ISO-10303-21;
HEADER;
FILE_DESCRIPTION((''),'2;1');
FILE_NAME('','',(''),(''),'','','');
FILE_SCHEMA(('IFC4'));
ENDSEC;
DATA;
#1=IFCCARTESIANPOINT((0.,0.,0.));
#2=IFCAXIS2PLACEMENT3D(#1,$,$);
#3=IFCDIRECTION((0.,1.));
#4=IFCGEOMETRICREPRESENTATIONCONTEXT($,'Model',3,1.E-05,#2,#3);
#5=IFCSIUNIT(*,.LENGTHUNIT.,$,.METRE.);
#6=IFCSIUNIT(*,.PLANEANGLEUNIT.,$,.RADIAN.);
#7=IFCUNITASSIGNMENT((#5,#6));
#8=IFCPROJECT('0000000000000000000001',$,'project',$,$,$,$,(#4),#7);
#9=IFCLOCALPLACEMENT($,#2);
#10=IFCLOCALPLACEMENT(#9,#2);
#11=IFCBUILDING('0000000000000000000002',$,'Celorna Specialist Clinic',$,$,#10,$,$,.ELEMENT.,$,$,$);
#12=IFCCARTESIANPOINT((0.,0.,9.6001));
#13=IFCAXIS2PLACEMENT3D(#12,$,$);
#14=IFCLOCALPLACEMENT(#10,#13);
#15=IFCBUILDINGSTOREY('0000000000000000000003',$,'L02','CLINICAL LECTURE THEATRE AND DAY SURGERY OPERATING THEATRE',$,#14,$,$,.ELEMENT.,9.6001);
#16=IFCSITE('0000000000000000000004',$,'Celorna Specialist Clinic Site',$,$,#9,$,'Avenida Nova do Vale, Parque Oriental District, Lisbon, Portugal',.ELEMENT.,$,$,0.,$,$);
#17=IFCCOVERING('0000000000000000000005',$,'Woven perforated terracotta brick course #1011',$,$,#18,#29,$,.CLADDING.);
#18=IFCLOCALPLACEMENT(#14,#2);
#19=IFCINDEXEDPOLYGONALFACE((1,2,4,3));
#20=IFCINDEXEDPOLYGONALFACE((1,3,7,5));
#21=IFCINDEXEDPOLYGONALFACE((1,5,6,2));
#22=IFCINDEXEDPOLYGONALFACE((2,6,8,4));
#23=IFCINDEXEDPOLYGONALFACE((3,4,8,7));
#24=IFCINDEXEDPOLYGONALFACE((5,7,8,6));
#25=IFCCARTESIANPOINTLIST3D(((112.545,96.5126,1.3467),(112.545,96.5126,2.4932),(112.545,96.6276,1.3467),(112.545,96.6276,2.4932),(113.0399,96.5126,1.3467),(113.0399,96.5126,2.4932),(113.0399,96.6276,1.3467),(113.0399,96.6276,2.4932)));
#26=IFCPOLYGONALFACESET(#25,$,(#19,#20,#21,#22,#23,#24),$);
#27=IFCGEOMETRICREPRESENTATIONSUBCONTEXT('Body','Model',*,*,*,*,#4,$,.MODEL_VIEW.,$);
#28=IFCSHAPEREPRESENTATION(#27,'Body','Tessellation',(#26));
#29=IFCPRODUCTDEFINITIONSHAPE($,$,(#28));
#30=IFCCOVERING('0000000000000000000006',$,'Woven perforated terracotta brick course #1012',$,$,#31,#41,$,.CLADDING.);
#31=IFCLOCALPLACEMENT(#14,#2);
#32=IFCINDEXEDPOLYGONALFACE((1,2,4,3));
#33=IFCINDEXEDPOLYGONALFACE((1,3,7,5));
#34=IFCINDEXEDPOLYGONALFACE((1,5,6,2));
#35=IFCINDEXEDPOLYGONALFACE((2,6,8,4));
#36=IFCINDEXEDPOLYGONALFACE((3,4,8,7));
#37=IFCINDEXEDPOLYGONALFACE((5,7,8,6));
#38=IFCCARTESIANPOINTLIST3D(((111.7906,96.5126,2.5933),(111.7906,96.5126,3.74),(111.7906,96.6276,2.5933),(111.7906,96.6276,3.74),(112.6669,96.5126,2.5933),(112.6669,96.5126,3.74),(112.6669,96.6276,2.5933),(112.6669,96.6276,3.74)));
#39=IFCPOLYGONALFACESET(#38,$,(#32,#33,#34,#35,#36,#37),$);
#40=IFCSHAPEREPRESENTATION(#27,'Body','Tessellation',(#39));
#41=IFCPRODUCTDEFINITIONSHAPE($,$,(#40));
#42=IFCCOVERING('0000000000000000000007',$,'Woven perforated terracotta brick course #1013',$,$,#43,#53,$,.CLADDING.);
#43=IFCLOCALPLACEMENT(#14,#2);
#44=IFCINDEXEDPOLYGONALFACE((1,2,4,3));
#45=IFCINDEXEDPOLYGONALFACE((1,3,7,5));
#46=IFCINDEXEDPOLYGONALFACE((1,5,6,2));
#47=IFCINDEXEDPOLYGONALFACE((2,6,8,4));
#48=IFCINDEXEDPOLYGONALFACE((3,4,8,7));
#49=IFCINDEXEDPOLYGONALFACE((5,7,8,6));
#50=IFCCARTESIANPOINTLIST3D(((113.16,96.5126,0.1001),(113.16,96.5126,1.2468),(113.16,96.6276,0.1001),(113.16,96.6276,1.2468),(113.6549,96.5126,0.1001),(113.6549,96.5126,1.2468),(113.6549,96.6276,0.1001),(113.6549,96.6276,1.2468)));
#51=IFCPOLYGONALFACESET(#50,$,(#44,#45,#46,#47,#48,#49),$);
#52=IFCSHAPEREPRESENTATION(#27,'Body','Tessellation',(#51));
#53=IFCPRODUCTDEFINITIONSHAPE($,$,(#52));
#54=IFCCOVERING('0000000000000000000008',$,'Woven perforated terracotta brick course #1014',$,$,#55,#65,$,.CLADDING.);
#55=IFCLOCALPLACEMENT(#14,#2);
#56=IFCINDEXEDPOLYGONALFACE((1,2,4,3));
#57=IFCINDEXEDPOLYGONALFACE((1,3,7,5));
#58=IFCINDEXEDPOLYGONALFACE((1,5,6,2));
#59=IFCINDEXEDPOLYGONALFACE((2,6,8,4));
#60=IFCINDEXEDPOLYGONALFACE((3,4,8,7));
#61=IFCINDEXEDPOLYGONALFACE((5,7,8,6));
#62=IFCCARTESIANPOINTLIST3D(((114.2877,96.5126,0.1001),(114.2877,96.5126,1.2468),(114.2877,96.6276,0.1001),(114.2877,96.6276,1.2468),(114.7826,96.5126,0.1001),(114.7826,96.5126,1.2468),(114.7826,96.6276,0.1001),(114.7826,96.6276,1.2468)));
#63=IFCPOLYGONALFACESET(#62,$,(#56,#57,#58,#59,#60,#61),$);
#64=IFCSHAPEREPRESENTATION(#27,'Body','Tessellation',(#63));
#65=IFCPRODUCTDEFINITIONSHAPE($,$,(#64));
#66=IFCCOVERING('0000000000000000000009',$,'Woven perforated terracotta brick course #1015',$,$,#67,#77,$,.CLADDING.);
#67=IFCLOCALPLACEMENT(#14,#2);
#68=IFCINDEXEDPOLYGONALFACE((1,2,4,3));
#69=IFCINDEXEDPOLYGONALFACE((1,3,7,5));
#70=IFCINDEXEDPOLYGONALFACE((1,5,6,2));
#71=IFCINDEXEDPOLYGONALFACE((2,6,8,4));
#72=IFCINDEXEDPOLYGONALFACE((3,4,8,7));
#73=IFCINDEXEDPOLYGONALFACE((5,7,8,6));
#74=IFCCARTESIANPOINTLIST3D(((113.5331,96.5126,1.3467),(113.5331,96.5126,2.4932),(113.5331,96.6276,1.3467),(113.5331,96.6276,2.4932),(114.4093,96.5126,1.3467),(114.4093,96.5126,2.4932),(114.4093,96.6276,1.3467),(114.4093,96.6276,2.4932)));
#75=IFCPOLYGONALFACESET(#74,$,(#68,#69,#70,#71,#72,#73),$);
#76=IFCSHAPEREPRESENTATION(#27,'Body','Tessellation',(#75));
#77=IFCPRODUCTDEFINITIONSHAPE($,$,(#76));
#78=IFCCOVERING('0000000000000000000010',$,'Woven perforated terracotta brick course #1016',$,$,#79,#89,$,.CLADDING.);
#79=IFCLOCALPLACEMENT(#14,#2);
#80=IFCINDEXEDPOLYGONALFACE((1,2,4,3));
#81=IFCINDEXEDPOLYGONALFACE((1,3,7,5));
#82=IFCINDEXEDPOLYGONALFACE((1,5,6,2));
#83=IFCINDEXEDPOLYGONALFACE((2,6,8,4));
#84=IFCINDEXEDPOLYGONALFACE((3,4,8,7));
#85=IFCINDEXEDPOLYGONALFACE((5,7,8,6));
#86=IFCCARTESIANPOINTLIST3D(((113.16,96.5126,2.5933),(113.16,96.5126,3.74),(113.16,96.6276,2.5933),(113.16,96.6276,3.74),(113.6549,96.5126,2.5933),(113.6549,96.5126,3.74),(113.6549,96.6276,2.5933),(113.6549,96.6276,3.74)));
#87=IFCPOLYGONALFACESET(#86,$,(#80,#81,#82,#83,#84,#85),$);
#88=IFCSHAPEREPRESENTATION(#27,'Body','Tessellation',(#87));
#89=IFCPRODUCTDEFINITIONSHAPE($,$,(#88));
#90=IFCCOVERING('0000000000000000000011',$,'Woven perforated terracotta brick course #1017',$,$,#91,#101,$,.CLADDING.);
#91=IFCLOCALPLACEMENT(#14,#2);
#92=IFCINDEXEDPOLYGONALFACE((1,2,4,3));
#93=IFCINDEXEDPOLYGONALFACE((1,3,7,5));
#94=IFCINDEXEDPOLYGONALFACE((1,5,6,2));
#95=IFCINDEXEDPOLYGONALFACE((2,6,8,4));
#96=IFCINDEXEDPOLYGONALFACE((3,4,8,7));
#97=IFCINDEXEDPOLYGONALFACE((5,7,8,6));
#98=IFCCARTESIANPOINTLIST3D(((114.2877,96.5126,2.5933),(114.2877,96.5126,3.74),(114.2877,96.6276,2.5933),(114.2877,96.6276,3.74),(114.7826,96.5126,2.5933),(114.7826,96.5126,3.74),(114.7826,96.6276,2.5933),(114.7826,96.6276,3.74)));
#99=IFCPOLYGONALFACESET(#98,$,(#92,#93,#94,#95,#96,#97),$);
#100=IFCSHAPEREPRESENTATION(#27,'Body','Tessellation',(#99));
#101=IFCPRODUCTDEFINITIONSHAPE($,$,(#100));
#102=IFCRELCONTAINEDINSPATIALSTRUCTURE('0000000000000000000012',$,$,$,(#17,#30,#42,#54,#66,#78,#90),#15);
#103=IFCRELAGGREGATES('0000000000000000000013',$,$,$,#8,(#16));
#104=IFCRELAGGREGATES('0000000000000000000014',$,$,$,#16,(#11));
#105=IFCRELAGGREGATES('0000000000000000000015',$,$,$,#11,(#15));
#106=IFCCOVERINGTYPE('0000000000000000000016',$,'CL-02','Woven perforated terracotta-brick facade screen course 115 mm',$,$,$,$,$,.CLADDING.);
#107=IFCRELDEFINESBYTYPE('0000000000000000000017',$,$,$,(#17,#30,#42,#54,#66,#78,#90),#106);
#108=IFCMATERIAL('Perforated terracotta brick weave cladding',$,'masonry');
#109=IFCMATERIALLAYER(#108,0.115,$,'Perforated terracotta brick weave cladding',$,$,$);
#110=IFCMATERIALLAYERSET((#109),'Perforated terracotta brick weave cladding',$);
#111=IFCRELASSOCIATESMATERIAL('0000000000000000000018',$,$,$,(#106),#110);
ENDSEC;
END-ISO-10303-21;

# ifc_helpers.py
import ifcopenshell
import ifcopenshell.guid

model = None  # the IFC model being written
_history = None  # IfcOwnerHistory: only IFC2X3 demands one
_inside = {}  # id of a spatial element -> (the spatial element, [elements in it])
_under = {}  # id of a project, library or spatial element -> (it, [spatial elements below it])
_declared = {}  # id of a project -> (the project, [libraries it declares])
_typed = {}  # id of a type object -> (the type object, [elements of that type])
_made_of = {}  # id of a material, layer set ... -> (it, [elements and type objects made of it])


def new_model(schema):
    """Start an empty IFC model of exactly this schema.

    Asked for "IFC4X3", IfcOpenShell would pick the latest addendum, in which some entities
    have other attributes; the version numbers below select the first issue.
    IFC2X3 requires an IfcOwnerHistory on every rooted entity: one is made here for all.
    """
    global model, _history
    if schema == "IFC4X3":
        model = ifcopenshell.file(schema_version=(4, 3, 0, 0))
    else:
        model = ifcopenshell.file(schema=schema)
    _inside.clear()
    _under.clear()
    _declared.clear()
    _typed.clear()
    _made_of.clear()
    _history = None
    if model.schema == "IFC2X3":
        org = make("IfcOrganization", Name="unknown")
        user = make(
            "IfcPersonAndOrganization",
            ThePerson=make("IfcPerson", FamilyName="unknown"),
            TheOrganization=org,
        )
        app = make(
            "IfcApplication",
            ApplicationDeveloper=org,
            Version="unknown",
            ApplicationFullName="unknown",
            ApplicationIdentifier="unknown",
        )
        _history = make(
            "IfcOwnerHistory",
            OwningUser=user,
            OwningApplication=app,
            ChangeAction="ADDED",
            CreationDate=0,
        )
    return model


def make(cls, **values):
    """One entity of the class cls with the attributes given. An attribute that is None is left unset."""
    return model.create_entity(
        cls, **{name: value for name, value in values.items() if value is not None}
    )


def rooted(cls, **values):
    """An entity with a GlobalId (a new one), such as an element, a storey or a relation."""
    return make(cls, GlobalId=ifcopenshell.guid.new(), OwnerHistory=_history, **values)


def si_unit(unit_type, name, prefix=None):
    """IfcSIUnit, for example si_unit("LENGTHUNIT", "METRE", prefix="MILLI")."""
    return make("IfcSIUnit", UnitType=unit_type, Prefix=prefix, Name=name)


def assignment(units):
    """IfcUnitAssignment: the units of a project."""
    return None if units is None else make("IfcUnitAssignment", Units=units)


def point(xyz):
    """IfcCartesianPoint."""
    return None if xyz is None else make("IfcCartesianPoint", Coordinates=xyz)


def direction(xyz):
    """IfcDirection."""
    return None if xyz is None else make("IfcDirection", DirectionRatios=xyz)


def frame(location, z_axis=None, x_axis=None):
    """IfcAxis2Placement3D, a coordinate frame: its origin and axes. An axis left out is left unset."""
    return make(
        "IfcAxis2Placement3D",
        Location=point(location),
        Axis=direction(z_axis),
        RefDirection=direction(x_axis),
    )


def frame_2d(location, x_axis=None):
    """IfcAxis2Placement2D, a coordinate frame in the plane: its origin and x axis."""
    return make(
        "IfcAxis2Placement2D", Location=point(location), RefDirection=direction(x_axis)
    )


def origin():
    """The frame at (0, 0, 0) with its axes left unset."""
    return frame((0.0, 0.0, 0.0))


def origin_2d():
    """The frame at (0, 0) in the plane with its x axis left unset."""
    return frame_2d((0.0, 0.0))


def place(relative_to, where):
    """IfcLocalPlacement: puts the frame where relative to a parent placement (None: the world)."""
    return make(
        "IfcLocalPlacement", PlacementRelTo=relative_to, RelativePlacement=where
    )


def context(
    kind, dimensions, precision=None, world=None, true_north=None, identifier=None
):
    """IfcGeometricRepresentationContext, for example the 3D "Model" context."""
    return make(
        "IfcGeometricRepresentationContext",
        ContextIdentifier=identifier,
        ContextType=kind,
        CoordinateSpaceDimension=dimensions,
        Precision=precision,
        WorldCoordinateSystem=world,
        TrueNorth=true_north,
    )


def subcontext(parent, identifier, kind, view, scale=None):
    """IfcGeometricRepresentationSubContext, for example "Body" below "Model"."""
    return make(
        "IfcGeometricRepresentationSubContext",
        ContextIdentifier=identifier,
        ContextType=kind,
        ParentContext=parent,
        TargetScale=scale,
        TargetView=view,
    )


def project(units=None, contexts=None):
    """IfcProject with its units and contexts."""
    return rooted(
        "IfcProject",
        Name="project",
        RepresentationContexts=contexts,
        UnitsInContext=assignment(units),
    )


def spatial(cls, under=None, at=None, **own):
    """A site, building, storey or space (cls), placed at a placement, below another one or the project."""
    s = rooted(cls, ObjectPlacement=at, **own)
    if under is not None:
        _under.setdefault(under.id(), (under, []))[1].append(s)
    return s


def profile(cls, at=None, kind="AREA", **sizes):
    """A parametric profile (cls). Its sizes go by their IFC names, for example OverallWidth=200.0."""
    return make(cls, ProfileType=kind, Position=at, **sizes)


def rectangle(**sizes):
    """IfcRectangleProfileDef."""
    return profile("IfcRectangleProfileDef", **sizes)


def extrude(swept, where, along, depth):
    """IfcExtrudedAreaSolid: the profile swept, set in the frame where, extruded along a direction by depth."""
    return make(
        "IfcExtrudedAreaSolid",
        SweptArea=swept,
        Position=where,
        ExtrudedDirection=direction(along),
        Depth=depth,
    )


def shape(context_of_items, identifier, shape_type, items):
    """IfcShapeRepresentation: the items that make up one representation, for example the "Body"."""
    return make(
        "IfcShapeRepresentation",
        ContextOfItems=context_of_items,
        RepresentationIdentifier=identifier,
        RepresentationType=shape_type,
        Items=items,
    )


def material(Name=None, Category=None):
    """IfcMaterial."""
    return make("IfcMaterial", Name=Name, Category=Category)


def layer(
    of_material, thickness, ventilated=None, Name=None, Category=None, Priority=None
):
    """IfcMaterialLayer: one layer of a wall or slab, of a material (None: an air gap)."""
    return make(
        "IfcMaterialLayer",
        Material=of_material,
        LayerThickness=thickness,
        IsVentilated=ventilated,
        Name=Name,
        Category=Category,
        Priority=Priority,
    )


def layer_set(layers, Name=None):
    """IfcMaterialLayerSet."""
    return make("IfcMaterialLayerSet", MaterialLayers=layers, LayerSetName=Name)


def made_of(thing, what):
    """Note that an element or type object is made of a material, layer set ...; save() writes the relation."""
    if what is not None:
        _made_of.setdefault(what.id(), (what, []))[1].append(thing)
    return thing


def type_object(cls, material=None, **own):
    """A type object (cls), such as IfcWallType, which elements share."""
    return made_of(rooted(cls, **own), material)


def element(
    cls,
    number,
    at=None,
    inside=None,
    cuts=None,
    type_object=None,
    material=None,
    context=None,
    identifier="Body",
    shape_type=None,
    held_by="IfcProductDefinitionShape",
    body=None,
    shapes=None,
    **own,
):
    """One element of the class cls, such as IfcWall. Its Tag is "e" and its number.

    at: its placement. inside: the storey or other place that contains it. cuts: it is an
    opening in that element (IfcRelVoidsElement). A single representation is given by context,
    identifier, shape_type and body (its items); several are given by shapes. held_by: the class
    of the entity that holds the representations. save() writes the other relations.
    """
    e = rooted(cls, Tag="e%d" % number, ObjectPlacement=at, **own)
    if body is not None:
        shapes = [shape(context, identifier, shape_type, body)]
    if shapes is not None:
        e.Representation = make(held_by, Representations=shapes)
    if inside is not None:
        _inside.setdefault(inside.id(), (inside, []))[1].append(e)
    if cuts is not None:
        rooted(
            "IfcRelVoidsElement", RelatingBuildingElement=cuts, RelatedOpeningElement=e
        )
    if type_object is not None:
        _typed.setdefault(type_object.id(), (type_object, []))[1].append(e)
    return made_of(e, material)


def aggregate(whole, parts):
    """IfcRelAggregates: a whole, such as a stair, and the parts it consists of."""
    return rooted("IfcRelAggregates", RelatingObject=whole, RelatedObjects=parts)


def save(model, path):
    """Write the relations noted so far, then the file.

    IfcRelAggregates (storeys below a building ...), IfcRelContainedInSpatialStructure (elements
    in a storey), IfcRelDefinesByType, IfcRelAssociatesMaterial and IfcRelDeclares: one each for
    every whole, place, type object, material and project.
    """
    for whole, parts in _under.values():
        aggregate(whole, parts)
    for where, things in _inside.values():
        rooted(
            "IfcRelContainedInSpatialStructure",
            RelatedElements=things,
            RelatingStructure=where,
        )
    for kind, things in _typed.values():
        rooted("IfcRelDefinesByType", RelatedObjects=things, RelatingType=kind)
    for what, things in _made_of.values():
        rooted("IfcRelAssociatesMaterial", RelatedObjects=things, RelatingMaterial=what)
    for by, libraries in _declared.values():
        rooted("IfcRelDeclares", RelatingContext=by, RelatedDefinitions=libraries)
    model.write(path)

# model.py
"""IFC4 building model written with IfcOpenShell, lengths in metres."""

from ifc_helpers import new_model, si_unit, direction, frame, origin, origin_2d, place, context, subcontext, project, spatial, rectangle, extrude, material, layer, layer_set, type_object, element, save


model = new_model("IFC4")

# Units and contexts
model_context = context("Model", 3, precision=1e-05, world=origin(), true_north=direction((0.0, 1.0)))
body_context = subcontext(model_context, "Body", "Model", "MODEL_VIEW")
ifc_project = project(units=[si_unit("LENGTHUNIT", "METRE"), si_unit("PLANEANGLEUNIT", "RADIAN")], contexts=[model_context])

# Site, building, storey
site_placement = place(None, origin())
site = spatial("IfcSite", under=ifc_project, at=site_placement, Name="Celorna Specialist Clinic Site", LongName="Avenida Nova do Vale, Parque Oriental District, Lisbon, Portugal", CompositionType="ELEMENT", RefElevation=0.0)
building_placement = place(site_placement, origin())
building = spatial("IfcBuilding", under=site, at=building_placement, Name="Celorna Specialist Clinic", CompositionType="ELEMENT")
storey_placement = place(building_placement, frame((0.0, 0.0, 9.6001)))
storey = spatial("IfcBuildingStorey", under=building, at=storey_placement, Name="L02", Description="CLINICAL LECTURE THEATRE AND DAY SURGERY OPERATING THEATRE", CompositionType="ELEMENT", Elevation=9.6001)

# Coverings
ifc_material_1 = material(Name="Perforated terracotta brick weave cladding", Category="masonry")
ifc_layer_1 = layer(ifc_material_1, 0.115, Name="Perforated terracotta brick weave cladding")
ifc_layer_set_1 = layer_set([ifc_layer_1], Name="Perforated terracotta brick weave cladding")
covering_type = type_object("IfcCoveringType", Name="CL-02", Description="Woven perforated terracotta-brick facade screen course 115 mm", PredefinedType="CLADDING", material=ifc_layer_set_1)
for number, where, z_axis, x_axis, name in (
    (1, (112.7925, 96.5701, 1.3467), (0.0, 0.0, 1.0), (1.0, 0.0, 0.0), "Woven perforated terracotta brick course #1011"),
):
    element("IfcCovering", number, at=place(storey_placement, frame(where, z_axis=z_axis, x_axis=x_axis)), inside=storey, type_object=covering_type, Name=name, PredefinedType="CLADDING", context=body_context, shape_type="SweptSolid", body=[
        extrude(rectangle(XDim=0.4949, YDim=0.115, at=origin_2d()), origin(), (0.0, 0.0, 1.0), 1.1465),
    ])
covering_1_placement = place(storey_placement, frame((112.2288, 96.5701, 2.5933), z_axis=(0.0, 0.0, 1.0), x_axis=(1.0, 0.0, 0.0)))
element("IfcCovering", 2, at=covering_1_placement, inside=storey, type_object=covering_type, Name="Woven perforated terracotta brick course #1012", PredefinedType="CLADDING", context=body_context, shape_type="SweptSolid", body=[
    extrude(rectangle(XDim=0.8762, YDim=0.115, at=origin_2d()), origin(), (0.0, 0.0, 1.0), 1.1467),
])
for number, where, z_axis, x_axis, name in (
    (3, (113.4075, 96.5701, 0.1001), (0.0, 0.0, 1.0), (1.0, 0.0, 0.0), "Woven perforated terracotta brick course #1013"),
    (4, (114.5352, 96.5701, 0.1001), (0.0, 0.0, 1.0), (1.0, 0.0, 0.0), "Woven perforated terracotta brick course #1014"),
):
    element("IfcCovering", number, at=place(storey_placement, frame(where, z_axis=z_axis, x_axis=x_axis)), inside=storey, type_object=covering_type, Name=name, PredefinedType="CLADDING", context=body_context, shape_type="SweptSolid", body=[
        extrude(rectangle(XDim=0.4949, YDim=0.115, at=origin_2d()), origin(), (0.0, 0.0, 1.0), 1.1467),
    ])
covering_2_placement = place(storey_placement, frame((113.9712, 96.5701, 1.3467), z_axis=(0.0, 0.0, 1.0), x_axis=(1.0, 0.0, 0.0)))
element("IfcCovering", 5, at=covering_2_placement, inside=storey, type_object=covering_type, Name="Woven perforated terracotta brick course #1015", PredefinedType="CLADDING", context=body_context, shape_type="SweptSolid", body=[
    extrude(rectangle(XDim=0.8762, YDim=0.115, at=origin_2d()), origin(), (0.0, 0.0, 1.0), 1.1465),
])
for number, where, z_axis, x_axis, name in (
    (6, (113.4075, 96.5701, 2.5933), (0.0, 0.0, 1.0), (1.0, 0.0, 0.0), "Woven perforated terracotta brick course #1016"),
    (7, (114.5352, 96.5701, 2.5933), (0.0, 0.0, 1.0), (1.0, 0.0, 0.0), "Woven perforated terracotta brick course #1017"),
):
    element("IfcCovering", number, at=place(storey_placement, frame(where, z_axis=z_axis, x_axis=x_axis)), inside=storey, type_object=covering_type, Name=name, PredefinedType="CLADDING", context=body_context, shape_type="SweptSolid", body=[
        extrude(rectangle(XDim=0.4949, YDim=0.115, at=origin_2d()), origin(), (0.0, 0.0, 1.0), 1.1467),
    ])

save(model, "model.ifc")
